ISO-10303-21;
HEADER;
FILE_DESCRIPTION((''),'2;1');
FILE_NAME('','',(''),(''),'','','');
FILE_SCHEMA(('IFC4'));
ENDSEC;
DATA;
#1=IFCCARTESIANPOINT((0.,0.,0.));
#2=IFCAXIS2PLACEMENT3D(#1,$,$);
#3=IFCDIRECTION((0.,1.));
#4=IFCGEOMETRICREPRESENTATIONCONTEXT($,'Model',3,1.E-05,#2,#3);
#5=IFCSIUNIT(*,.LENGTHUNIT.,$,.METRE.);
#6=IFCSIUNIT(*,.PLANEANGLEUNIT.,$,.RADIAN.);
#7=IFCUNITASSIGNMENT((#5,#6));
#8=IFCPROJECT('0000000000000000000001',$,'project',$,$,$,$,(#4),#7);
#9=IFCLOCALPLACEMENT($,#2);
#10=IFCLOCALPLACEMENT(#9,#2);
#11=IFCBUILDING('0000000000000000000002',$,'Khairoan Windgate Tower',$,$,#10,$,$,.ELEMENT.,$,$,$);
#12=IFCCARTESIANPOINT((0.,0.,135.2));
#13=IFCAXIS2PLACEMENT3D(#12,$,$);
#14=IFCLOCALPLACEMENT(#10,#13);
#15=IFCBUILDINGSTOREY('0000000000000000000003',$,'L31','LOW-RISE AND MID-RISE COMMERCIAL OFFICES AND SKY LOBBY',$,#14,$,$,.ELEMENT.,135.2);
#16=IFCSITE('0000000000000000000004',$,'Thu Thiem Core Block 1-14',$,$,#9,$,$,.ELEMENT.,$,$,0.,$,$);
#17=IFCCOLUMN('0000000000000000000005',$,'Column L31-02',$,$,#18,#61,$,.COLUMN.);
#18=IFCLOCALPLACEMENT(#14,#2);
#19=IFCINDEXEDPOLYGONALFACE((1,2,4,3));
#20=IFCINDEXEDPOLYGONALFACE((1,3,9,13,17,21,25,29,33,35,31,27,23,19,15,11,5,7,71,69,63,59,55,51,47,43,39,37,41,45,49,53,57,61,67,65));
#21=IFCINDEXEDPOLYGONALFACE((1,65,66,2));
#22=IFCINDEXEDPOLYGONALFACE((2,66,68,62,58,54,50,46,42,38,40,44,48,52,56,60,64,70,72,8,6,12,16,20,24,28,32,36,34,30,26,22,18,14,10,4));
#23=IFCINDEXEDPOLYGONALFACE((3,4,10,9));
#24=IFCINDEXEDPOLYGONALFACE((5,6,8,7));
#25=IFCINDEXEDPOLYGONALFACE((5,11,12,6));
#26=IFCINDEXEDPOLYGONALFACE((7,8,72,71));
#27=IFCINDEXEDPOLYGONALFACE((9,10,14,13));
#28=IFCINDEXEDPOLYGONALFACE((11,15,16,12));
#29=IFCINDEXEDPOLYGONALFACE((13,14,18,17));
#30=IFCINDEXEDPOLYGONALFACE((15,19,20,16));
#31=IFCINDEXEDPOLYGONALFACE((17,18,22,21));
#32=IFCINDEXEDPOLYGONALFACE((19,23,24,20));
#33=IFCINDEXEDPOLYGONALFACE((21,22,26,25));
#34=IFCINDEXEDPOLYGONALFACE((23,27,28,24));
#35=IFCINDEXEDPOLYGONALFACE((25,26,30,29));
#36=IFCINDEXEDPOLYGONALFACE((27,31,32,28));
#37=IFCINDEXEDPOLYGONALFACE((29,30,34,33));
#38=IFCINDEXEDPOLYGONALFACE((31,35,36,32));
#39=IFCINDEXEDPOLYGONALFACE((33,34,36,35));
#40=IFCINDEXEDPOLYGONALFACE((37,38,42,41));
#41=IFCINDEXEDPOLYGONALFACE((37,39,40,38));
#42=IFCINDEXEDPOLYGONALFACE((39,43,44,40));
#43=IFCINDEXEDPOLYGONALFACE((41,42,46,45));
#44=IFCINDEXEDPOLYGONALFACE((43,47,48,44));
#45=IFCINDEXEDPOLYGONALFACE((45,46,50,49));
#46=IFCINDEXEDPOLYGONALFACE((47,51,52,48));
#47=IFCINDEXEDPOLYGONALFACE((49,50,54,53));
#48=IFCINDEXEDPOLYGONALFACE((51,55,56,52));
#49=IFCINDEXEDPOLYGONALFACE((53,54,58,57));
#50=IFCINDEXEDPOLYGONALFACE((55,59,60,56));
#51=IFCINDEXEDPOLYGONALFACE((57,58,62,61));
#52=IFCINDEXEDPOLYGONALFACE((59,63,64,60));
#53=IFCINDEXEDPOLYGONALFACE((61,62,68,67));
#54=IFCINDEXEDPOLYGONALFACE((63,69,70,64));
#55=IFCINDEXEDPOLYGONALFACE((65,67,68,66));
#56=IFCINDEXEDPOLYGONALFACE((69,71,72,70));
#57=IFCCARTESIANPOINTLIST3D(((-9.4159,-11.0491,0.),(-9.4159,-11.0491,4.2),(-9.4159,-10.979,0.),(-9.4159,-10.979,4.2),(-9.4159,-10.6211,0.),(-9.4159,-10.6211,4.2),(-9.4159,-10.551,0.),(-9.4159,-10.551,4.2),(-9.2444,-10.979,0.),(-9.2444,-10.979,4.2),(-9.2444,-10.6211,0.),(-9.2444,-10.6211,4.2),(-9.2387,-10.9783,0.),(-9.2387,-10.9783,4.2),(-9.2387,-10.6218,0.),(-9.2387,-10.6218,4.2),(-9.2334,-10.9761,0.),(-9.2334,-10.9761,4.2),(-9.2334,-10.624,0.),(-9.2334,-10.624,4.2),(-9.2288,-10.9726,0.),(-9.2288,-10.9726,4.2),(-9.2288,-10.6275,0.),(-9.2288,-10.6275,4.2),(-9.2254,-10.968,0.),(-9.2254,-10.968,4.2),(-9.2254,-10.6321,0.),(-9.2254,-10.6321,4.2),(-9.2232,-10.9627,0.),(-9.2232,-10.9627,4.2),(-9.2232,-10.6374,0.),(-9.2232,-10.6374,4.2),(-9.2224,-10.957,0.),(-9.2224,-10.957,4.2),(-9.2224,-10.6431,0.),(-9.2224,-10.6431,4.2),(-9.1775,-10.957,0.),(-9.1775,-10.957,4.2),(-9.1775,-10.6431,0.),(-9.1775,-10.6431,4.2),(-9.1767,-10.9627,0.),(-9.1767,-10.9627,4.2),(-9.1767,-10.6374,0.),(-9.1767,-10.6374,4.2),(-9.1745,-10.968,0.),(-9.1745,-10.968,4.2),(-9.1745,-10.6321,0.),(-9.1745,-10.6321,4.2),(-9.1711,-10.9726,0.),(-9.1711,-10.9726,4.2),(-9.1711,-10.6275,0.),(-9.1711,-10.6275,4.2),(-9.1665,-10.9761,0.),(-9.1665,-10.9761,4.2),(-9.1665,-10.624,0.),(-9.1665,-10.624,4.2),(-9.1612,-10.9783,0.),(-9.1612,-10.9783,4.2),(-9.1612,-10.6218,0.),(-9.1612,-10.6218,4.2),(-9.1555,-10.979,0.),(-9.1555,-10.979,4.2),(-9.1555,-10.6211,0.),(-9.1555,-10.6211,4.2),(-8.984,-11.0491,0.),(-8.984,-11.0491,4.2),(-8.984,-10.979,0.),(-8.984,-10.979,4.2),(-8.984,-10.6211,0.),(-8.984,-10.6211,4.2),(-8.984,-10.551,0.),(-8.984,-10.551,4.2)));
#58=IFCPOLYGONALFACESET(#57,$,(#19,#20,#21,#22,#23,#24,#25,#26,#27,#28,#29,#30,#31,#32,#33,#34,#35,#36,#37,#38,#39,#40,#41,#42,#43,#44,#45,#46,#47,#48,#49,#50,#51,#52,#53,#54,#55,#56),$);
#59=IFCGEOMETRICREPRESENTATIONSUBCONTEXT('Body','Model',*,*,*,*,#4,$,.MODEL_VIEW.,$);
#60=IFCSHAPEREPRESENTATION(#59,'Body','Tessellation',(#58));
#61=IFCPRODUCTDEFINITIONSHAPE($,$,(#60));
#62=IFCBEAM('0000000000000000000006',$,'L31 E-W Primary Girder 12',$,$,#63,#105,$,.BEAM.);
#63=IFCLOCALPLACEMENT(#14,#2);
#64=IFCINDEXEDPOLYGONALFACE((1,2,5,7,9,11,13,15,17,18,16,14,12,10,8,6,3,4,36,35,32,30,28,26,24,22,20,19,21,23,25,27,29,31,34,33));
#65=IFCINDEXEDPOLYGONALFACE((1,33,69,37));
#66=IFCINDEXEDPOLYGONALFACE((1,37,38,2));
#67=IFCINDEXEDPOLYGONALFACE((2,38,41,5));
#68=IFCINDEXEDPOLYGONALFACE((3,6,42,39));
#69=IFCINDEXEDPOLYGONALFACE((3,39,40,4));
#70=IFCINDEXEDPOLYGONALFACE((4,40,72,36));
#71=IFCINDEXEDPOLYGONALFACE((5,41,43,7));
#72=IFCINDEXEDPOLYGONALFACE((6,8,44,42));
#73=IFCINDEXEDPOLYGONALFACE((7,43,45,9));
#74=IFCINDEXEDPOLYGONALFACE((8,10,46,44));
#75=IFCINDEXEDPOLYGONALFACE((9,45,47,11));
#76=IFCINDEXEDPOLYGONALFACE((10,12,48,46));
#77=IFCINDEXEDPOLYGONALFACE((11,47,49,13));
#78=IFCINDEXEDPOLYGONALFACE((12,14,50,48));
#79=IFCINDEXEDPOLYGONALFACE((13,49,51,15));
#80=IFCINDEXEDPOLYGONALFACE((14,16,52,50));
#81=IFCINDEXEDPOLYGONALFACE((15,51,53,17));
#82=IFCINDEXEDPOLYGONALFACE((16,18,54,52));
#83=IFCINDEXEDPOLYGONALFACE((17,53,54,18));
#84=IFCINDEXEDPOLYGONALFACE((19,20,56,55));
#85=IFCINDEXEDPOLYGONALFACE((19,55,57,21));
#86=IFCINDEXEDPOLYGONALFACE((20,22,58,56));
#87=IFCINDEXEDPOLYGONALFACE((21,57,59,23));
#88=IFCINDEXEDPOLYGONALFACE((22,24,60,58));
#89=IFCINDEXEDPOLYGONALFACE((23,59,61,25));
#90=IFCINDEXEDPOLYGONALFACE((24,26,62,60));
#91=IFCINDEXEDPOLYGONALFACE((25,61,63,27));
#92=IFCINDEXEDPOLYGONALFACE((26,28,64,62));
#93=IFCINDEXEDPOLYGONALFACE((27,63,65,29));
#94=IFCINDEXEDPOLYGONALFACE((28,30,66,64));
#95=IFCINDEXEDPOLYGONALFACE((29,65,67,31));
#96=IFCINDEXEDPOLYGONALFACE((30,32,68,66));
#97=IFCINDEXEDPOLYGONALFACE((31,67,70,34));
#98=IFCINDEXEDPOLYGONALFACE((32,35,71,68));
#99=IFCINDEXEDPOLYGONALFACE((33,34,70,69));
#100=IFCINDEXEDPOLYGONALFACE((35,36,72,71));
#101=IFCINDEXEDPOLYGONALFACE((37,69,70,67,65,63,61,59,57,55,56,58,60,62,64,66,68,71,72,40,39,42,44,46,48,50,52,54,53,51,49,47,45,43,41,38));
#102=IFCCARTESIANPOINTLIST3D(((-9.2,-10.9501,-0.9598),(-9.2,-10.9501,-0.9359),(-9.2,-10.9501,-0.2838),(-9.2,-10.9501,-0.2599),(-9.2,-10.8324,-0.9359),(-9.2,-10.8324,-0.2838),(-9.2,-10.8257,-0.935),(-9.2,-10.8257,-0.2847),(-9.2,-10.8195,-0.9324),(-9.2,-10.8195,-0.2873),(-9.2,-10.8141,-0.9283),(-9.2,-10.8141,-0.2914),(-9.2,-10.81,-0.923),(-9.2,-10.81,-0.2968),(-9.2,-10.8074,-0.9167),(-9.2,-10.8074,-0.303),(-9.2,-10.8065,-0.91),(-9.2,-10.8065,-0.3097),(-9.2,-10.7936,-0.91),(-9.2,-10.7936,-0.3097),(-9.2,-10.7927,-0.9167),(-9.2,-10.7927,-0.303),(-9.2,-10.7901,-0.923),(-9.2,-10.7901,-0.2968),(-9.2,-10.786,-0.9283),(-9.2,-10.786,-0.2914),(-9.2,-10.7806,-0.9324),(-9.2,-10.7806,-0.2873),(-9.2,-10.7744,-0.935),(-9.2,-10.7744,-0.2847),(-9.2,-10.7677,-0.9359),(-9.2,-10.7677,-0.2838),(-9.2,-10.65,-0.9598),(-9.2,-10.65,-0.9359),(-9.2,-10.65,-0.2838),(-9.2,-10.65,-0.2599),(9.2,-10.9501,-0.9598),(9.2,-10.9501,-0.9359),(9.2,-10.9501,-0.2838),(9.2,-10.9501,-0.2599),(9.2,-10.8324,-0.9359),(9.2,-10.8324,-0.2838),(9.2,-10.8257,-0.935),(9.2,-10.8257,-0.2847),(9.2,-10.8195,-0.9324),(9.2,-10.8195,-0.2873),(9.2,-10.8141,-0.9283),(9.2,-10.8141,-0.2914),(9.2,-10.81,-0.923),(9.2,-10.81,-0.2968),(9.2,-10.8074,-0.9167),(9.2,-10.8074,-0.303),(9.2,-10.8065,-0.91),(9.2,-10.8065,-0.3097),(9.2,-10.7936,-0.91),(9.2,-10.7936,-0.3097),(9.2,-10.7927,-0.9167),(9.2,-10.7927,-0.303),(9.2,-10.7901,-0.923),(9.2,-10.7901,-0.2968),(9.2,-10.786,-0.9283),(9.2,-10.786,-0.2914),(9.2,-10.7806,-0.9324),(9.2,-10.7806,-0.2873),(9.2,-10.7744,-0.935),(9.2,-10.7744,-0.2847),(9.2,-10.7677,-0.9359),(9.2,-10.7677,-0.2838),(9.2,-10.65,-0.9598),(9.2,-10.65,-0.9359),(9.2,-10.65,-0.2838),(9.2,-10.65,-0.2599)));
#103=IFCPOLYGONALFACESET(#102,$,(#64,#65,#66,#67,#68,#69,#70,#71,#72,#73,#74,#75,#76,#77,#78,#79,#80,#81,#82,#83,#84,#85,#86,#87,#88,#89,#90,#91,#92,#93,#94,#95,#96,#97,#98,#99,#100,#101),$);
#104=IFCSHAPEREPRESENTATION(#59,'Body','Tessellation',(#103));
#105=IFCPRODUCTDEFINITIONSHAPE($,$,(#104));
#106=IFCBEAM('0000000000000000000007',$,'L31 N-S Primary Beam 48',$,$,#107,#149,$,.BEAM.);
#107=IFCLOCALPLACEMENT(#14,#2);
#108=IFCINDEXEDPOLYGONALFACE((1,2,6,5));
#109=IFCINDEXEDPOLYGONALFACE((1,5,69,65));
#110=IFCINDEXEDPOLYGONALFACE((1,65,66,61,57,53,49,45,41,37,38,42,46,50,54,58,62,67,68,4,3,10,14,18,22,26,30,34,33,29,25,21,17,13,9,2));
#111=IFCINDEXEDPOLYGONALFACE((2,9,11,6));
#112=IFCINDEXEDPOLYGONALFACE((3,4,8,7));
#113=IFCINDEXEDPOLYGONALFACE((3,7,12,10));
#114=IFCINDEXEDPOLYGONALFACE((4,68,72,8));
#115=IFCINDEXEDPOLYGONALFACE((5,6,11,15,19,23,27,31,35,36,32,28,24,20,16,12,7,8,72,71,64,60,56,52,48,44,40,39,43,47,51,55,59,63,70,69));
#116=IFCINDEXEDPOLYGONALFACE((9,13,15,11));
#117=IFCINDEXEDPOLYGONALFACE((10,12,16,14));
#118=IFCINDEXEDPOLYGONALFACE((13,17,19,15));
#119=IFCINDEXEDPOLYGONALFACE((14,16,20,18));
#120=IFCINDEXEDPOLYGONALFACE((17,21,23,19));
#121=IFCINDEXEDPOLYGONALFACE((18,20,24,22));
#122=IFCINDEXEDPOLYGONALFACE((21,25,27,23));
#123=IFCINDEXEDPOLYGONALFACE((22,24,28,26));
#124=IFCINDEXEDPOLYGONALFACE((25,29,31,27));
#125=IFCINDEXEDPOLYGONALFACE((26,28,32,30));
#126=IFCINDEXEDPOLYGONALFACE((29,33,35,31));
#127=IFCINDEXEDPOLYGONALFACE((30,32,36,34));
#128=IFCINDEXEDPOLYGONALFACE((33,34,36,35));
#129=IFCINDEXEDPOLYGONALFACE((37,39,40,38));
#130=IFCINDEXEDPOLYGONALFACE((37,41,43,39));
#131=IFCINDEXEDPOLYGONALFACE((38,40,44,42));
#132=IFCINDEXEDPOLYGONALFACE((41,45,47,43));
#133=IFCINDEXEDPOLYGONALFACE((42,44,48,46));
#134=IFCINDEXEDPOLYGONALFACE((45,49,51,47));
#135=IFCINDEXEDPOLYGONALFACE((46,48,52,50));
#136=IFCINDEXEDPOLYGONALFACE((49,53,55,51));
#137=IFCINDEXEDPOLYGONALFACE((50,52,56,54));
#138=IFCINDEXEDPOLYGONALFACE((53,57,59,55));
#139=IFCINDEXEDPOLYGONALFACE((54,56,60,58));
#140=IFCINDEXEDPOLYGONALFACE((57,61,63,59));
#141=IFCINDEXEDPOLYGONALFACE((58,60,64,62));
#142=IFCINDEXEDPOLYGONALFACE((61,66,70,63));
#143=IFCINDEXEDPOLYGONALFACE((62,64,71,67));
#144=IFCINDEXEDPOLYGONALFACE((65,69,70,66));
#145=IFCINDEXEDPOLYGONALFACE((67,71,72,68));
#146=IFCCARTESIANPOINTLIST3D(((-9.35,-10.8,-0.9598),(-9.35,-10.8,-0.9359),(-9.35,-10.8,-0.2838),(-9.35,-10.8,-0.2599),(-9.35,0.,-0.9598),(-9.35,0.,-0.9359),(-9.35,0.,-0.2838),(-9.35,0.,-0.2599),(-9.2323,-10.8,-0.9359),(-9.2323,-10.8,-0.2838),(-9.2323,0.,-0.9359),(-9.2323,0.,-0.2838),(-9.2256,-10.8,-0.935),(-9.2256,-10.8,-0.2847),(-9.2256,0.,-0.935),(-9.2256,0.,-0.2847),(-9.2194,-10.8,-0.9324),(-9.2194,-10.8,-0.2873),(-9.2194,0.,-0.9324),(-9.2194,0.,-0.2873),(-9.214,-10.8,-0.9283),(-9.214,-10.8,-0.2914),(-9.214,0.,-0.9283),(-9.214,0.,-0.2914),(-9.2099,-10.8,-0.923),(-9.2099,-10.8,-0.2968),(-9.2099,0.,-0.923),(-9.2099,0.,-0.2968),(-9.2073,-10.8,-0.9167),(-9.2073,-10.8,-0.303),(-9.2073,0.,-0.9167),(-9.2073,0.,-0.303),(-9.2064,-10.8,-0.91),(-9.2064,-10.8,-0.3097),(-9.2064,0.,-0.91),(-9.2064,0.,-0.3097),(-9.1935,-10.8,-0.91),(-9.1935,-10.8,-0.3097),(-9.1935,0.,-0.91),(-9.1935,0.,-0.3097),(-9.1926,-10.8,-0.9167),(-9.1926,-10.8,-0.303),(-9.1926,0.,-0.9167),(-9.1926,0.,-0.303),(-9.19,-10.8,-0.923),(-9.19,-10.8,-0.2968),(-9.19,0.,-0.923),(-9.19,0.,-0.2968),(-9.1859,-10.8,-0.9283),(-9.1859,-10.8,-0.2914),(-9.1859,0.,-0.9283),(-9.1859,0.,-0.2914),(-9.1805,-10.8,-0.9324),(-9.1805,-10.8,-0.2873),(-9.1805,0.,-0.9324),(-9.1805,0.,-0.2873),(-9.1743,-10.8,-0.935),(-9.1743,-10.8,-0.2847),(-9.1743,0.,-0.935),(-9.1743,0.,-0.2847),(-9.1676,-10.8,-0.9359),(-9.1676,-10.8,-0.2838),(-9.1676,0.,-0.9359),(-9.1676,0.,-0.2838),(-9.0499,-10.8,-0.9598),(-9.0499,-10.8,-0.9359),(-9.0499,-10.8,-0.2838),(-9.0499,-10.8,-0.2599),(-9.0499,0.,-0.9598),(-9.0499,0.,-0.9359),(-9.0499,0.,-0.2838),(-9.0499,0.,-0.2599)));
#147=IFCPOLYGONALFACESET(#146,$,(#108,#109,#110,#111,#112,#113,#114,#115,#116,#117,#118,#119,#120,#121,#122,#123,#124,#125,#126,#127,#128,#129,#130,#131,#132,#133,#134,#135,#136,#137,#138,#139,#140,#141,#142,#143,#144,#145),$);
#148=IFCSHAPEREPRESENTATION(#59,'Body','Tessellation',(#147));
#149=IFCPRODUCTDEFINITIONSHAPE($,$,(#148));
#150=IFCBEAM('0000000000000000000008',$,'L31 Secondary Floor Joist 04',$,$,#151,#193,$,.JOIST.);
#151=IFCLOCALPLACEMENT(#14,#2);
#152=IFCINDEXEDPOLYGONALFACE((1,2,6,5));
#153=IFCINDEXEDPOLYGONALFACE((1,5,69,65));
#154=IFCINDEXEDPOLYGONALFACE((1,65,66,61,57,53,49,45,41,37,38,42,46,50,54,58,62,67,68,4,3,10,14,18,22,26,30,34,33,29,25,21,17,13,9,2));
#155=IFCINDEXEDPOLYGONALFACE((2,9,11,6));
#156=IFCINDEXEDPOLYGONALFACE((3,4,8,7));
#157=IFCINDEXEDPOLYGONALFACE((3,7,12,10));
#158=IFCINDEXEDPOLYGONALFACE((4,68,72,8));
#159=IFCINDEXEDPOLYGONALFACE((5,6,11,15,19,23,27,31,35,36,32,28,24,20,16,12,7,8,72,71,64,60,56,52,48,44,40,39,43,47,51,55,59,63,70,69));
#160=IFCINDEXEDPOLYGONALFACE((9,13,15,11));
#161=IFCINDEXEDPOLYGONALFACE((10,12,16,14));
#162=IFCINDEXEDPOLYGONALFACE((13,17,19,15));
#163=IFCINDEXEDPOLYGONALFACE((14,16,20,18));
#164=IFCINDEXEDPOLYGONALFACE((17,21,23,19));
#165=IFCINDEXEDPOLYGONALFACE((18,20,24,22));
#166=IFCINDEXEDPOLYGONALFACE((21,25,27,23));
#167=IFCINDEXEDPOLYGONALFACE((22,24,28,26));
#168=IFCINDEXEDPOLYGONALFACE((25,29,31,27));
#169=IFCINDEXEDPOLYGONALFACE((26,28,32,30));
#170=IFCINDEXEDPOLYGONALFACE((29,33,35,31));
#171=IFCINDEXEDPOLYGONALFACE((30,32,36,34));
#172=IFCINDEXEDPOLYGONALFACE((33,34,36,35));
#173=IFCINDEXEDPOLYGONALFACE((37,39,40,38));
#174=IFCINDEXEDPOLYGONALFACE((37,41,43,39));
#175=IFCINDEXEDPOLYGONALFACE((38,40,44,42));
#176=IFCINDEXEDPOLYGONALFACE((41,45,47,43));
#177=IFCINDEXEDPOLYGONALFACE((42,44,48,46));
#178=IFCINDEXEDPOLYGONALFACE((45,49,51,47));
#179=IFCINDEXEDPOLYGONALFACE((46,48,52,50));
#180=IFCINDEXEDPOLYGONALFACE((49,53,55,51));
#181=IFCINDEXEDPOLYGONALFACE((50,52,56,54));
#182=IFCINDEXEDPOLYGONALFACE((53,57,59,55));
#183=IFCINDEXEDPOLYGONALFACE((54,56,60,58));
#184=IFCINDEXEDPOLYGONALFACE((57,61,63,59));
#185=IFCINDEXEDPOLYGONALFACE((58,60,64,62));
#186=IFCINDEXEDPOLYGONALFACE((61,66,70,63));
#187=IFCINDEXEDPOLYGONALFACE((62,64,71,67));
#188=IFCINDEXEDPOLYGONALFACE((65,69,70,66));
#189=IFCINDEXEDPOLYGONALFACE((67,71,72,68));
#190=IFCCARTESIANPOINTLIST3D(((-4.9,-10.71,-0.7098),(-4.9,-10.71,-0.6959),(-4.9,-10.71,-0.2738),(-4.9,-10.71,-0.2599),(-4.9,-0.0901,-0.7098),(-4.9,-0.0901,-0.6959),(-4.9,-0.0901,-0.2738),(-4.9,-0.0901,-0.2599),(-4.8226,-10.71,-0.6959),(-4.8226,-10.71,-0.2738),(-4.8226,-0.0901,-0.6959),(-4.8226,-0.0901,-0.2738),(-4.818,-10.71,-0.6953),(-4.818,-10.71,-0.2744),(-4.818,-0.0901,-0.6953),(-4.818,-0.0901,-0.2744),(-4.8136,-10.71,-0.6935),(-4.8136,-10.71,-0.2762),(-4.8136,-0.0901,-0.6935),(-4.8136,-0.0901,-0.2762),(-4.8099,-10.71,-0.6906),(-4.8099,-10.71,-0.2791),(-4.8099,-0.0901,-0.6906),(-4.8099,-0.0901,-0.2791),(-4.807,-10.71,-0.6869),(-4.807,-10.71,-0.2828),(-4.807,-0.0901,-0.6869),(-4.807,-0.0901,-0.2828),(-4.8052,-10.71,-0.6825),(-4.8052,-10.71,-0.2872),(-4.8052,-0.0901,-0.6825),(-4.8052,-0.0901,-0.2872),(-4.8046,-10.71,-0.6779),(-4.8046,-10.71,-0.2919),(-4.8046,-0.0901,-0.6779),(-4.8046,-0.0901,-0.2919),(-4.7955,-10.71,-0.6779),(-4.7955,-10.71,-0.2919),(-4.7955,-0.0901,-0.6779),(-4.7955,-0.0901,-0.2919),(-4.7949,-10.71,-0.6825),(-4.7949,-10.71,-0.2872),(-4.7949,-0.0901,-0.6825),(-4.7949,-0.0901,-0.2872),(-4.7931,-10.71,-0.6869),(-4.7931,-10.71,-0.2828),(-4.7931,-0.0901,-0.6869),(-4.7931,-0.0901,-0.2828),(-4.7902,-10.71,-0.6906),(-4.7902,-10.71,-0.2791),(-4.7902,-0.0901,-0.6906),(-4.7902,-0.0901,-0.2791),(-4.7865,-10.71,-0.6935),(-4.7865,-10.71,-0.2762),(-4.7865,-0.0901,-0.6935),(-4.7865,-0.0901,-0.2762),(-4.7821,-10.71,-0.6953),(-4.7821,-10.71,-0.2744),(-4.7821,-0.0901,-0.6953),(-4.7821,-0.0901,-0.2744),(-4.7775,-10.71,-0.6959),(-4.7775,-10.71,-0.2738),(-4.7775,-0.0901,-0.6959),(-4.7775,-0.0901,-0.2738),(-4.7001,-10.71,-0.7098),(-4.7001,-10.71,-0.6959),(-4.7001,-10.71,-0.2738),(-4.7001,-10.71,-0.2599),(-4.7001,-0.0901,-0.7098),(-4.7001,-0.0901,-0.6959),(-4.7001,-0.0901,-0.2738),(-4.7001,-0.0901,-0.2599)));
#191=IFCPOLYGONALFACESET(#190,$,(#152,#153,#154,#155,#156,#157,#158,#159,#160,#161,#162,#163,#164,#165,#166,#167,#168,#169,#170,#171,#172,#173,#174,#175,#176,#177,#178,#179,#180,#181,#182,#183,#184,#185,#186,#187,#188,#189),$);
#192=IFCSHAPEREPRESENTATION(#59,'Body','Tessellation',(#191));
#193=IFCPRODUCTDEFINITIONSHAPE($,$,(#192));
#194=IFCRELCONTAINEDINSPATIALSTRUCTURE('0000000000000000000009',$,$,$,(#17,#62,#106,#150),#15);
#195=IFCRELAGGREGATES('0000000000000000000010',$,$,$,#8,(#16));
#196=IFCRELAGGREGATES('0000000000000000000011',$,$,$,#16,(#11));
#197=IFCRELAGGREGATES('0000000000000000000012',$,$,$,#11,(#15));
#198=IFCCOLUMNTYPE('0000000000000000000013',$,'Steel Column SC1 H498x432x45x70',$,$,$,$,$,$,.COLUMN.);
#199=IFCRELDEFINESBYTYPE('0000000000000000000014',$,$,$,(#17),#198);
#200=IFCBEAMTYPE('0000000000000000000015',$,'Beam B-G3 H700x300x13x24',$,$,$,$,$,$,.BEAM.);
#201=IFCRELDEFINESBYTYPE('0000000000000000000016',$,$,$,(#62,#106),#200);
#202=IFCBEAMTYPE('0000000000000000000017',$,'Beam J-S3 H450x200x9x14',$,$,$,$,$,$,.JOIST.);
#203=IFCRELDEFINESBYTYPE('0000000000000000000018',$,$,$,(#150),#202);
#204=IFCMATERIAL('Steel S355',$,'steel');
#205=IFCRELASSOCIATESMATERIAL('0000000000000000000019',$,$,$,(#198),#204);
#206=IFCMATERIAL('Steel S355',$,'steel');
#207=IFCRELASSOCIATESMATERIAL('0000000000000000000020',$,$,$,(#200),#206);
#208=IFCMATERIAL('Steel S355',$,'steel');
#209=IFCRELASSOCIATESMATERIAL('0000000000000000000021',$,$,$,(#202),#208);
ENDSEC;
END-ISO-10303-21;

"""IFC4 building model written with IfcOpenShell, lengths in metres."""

from ifc_helpers import new_model, si_unit, direction, frame, origin, origin_2d, place, context, subcontext, project, spatial, i_section, extrude, material, material_profile, profile_set, type_object, element, save


model = new_model("IFC4")

# Units and contexts
model_context = context("Model", 3, precision=1e-05, world=origin(), true_north=direction((0.0, 1.0)))
body_context = subcontext(model_context, "Body", "Model", "MODEL_VIEW")
ifc_project = project(units=[si_unit("LENGTHUNIT", "METRE"), si_unit("PLANEANGLEUNIT", "RADIAN")], contexts=[model_context])

# Site, building, storey
site_placement = place(None, origin())
site = spatial("IfcSite", under=ifc_project, at=site_placement, Name="Thu Thiem Core Block 1-14", CompositionType="ELEMENT", RefElevation=0.0)
building_placement = place(site_placement, origin())
building = spatial("IfcBuilding", under=site, at=building_placement, Name="Khairoan Windgate Tower", CompositionType="ELEMENT")
storey_placement = place(building_placement, frame((0.0, 0.0, 135.2)))
storey = spatial("IfcBuildingStorey", under=building, at=storey_placement, Name="L31", Description="LOW-RISE AND MID-RISE COMMERCIAL OFFICES AND SKY LOBBY", CompositionType="ELEMENT", Elevation=135.2)

# Column
ifc_material_1 = material(Name="Steel S355", Category="steel")
ifc_material_profile_1 = material_profile(ifc_material_1, i_section(OverallWidth=0.4319, OverallDepth=0.498, WebThickness=0.0449, FlangeThickness=0.0701, FilletRadius=0.022, at=origin_2d()))
ifc_profile_set_1 = profile_set([ifc_material_profile_1], Name="Steel S355")
column_type = type_object("IfcColumnType", Name="Steel Column SC1 H498x432x45x70", PredefinedType="COLUMN", material=ifc_profile_set_1)
column_placement = place(storey_placement, frame((-9.2, -10.8, 0.0), z_axis=(0.0, 0.0, 1.0), x_axis=(1.0, 0.0, 0.0)))
element("IfcColumn", 1, at=column_placement, inside=storey, type_object=column_type, Name="Column L31-02", PredefinedType="COLUMN", context=body_context, shape_type="SweptSolid", body=[
    extrude(i_section(OverallWidth=0.4319, OverallDepth=0.498, WebThickness=0.0449, FlangeThickness=0.0701, FilletRadius=0.022, at=origin_2d()), origin(), (0.0, 0.0, 1.0), 4.2),
])

# Beams
ifc_material_2 = material(Name="Steel S355", Category="steel")
ifc_material_profile_2 = material_profile(ifc_material_2, i_section(OverallWidth=0.3, OverallDepth=0.7, WebThickness=0.0129, FlangeThickness=0.0239, FilletRadius=0.0259, at=origin_2d()))
ifc_profile_set_2 = profile_set([ifc_material_profile_2], Name="Steel S355")
beam_type_1 = type_object("IfcBeamType", Name="Beam B-G3 H700x300x13x24", PredefinedType="BEAM", material=ifc_profile_set_2)
beam_1_placement = place(storey_placement, frame((-9.2, -10.8, -0.6099), z_axis=(1.0, 0.0, 0.0), x_axis=(0.0, 1.0, 0.0)))
element("IfcBeam", 2, at=beam_1_placement, inside=storey, type_object=beam_type_1, Name="L31 E-W Primary Girder 12", PredefinedType="BEAM", context=body_context, shape_type="SweptSolid", body=[
    extrude(i_section(OverallWidth=0.3, OverallDepth=0.7, WebThickness=0.0129, FlangeThickness=0.0239, FilletRadius=0.0259, at=origin_2d()), origin(), (0.0, 0.0, 1.0), 18.3999),
])
beam_2_placement = place(storey_placement, frame((-9.2, -10.8, -0.6099), z_axis=(0.0, 1.0, 0.0), x_axis=(-1.0, 0.0, 0.0)))
element("IfcBeam", 3, at=beam_2_placement, inside=storey, type_object=beam_type_1, Name="L31 N-S Primary Beam 48", PredefinedType="BEAM", context=body_context, shape_type="SweptSolid", body=[
    extrude(i_section(OverallWidth=0.3, OverallDepth=0.7, WebThickness=0.0129, FlangeThickness=0.0239, FilletRadius=0.0259, at=origin_2d()), origin(), (0.0, 0.0, 1.0), 10.8),
])
ifc_material_3 = material(Name="Steel S355", Category="steel")
ifc_material_profile_3 = material_profile(ifc_material_3, i_section(OverallWidth=0.2, OverallDepth=0.45, WebThickness=0.009, FlangeThickness=0.0139, FilletRadius=0.0181, at=origin_2d()))
ifc_profile_set_3 = profile_set([ifc_material_profile_3], Name="Steel S355")
beam_type_2 = type_object("IfcBeamType", Name="Beam J-S3 H450x200x9x14", PredefinedType="JOIST", material=ifc_profile_set_3)
beam_3_placement = place(storey_placement, frame((-4.8, -10.71, -0.4849), z_axis=(0.0, 1.0, 0.0), x_axis=(-1.0, 0.0, 0.0)))
element("IfcBeam", 4, at=beam_3_placement, inside=storey, type_object=beam_type_2, Name="L31 Secondary Floor Joist 04", PredefinedType="JOIST", context=body_context, shape_type="SweptSolid", body=[
    extrude(i_section(OverallWidth=0.2, OverallDepth=0.45, WebThickness=0.009, FlangeThickness=0.0139, FilletRadius=0.0181, at=origin_2d()), origin(), (0.0, 0.0, 1.0), 10.6199),
])

save(model, "model.ifc")
